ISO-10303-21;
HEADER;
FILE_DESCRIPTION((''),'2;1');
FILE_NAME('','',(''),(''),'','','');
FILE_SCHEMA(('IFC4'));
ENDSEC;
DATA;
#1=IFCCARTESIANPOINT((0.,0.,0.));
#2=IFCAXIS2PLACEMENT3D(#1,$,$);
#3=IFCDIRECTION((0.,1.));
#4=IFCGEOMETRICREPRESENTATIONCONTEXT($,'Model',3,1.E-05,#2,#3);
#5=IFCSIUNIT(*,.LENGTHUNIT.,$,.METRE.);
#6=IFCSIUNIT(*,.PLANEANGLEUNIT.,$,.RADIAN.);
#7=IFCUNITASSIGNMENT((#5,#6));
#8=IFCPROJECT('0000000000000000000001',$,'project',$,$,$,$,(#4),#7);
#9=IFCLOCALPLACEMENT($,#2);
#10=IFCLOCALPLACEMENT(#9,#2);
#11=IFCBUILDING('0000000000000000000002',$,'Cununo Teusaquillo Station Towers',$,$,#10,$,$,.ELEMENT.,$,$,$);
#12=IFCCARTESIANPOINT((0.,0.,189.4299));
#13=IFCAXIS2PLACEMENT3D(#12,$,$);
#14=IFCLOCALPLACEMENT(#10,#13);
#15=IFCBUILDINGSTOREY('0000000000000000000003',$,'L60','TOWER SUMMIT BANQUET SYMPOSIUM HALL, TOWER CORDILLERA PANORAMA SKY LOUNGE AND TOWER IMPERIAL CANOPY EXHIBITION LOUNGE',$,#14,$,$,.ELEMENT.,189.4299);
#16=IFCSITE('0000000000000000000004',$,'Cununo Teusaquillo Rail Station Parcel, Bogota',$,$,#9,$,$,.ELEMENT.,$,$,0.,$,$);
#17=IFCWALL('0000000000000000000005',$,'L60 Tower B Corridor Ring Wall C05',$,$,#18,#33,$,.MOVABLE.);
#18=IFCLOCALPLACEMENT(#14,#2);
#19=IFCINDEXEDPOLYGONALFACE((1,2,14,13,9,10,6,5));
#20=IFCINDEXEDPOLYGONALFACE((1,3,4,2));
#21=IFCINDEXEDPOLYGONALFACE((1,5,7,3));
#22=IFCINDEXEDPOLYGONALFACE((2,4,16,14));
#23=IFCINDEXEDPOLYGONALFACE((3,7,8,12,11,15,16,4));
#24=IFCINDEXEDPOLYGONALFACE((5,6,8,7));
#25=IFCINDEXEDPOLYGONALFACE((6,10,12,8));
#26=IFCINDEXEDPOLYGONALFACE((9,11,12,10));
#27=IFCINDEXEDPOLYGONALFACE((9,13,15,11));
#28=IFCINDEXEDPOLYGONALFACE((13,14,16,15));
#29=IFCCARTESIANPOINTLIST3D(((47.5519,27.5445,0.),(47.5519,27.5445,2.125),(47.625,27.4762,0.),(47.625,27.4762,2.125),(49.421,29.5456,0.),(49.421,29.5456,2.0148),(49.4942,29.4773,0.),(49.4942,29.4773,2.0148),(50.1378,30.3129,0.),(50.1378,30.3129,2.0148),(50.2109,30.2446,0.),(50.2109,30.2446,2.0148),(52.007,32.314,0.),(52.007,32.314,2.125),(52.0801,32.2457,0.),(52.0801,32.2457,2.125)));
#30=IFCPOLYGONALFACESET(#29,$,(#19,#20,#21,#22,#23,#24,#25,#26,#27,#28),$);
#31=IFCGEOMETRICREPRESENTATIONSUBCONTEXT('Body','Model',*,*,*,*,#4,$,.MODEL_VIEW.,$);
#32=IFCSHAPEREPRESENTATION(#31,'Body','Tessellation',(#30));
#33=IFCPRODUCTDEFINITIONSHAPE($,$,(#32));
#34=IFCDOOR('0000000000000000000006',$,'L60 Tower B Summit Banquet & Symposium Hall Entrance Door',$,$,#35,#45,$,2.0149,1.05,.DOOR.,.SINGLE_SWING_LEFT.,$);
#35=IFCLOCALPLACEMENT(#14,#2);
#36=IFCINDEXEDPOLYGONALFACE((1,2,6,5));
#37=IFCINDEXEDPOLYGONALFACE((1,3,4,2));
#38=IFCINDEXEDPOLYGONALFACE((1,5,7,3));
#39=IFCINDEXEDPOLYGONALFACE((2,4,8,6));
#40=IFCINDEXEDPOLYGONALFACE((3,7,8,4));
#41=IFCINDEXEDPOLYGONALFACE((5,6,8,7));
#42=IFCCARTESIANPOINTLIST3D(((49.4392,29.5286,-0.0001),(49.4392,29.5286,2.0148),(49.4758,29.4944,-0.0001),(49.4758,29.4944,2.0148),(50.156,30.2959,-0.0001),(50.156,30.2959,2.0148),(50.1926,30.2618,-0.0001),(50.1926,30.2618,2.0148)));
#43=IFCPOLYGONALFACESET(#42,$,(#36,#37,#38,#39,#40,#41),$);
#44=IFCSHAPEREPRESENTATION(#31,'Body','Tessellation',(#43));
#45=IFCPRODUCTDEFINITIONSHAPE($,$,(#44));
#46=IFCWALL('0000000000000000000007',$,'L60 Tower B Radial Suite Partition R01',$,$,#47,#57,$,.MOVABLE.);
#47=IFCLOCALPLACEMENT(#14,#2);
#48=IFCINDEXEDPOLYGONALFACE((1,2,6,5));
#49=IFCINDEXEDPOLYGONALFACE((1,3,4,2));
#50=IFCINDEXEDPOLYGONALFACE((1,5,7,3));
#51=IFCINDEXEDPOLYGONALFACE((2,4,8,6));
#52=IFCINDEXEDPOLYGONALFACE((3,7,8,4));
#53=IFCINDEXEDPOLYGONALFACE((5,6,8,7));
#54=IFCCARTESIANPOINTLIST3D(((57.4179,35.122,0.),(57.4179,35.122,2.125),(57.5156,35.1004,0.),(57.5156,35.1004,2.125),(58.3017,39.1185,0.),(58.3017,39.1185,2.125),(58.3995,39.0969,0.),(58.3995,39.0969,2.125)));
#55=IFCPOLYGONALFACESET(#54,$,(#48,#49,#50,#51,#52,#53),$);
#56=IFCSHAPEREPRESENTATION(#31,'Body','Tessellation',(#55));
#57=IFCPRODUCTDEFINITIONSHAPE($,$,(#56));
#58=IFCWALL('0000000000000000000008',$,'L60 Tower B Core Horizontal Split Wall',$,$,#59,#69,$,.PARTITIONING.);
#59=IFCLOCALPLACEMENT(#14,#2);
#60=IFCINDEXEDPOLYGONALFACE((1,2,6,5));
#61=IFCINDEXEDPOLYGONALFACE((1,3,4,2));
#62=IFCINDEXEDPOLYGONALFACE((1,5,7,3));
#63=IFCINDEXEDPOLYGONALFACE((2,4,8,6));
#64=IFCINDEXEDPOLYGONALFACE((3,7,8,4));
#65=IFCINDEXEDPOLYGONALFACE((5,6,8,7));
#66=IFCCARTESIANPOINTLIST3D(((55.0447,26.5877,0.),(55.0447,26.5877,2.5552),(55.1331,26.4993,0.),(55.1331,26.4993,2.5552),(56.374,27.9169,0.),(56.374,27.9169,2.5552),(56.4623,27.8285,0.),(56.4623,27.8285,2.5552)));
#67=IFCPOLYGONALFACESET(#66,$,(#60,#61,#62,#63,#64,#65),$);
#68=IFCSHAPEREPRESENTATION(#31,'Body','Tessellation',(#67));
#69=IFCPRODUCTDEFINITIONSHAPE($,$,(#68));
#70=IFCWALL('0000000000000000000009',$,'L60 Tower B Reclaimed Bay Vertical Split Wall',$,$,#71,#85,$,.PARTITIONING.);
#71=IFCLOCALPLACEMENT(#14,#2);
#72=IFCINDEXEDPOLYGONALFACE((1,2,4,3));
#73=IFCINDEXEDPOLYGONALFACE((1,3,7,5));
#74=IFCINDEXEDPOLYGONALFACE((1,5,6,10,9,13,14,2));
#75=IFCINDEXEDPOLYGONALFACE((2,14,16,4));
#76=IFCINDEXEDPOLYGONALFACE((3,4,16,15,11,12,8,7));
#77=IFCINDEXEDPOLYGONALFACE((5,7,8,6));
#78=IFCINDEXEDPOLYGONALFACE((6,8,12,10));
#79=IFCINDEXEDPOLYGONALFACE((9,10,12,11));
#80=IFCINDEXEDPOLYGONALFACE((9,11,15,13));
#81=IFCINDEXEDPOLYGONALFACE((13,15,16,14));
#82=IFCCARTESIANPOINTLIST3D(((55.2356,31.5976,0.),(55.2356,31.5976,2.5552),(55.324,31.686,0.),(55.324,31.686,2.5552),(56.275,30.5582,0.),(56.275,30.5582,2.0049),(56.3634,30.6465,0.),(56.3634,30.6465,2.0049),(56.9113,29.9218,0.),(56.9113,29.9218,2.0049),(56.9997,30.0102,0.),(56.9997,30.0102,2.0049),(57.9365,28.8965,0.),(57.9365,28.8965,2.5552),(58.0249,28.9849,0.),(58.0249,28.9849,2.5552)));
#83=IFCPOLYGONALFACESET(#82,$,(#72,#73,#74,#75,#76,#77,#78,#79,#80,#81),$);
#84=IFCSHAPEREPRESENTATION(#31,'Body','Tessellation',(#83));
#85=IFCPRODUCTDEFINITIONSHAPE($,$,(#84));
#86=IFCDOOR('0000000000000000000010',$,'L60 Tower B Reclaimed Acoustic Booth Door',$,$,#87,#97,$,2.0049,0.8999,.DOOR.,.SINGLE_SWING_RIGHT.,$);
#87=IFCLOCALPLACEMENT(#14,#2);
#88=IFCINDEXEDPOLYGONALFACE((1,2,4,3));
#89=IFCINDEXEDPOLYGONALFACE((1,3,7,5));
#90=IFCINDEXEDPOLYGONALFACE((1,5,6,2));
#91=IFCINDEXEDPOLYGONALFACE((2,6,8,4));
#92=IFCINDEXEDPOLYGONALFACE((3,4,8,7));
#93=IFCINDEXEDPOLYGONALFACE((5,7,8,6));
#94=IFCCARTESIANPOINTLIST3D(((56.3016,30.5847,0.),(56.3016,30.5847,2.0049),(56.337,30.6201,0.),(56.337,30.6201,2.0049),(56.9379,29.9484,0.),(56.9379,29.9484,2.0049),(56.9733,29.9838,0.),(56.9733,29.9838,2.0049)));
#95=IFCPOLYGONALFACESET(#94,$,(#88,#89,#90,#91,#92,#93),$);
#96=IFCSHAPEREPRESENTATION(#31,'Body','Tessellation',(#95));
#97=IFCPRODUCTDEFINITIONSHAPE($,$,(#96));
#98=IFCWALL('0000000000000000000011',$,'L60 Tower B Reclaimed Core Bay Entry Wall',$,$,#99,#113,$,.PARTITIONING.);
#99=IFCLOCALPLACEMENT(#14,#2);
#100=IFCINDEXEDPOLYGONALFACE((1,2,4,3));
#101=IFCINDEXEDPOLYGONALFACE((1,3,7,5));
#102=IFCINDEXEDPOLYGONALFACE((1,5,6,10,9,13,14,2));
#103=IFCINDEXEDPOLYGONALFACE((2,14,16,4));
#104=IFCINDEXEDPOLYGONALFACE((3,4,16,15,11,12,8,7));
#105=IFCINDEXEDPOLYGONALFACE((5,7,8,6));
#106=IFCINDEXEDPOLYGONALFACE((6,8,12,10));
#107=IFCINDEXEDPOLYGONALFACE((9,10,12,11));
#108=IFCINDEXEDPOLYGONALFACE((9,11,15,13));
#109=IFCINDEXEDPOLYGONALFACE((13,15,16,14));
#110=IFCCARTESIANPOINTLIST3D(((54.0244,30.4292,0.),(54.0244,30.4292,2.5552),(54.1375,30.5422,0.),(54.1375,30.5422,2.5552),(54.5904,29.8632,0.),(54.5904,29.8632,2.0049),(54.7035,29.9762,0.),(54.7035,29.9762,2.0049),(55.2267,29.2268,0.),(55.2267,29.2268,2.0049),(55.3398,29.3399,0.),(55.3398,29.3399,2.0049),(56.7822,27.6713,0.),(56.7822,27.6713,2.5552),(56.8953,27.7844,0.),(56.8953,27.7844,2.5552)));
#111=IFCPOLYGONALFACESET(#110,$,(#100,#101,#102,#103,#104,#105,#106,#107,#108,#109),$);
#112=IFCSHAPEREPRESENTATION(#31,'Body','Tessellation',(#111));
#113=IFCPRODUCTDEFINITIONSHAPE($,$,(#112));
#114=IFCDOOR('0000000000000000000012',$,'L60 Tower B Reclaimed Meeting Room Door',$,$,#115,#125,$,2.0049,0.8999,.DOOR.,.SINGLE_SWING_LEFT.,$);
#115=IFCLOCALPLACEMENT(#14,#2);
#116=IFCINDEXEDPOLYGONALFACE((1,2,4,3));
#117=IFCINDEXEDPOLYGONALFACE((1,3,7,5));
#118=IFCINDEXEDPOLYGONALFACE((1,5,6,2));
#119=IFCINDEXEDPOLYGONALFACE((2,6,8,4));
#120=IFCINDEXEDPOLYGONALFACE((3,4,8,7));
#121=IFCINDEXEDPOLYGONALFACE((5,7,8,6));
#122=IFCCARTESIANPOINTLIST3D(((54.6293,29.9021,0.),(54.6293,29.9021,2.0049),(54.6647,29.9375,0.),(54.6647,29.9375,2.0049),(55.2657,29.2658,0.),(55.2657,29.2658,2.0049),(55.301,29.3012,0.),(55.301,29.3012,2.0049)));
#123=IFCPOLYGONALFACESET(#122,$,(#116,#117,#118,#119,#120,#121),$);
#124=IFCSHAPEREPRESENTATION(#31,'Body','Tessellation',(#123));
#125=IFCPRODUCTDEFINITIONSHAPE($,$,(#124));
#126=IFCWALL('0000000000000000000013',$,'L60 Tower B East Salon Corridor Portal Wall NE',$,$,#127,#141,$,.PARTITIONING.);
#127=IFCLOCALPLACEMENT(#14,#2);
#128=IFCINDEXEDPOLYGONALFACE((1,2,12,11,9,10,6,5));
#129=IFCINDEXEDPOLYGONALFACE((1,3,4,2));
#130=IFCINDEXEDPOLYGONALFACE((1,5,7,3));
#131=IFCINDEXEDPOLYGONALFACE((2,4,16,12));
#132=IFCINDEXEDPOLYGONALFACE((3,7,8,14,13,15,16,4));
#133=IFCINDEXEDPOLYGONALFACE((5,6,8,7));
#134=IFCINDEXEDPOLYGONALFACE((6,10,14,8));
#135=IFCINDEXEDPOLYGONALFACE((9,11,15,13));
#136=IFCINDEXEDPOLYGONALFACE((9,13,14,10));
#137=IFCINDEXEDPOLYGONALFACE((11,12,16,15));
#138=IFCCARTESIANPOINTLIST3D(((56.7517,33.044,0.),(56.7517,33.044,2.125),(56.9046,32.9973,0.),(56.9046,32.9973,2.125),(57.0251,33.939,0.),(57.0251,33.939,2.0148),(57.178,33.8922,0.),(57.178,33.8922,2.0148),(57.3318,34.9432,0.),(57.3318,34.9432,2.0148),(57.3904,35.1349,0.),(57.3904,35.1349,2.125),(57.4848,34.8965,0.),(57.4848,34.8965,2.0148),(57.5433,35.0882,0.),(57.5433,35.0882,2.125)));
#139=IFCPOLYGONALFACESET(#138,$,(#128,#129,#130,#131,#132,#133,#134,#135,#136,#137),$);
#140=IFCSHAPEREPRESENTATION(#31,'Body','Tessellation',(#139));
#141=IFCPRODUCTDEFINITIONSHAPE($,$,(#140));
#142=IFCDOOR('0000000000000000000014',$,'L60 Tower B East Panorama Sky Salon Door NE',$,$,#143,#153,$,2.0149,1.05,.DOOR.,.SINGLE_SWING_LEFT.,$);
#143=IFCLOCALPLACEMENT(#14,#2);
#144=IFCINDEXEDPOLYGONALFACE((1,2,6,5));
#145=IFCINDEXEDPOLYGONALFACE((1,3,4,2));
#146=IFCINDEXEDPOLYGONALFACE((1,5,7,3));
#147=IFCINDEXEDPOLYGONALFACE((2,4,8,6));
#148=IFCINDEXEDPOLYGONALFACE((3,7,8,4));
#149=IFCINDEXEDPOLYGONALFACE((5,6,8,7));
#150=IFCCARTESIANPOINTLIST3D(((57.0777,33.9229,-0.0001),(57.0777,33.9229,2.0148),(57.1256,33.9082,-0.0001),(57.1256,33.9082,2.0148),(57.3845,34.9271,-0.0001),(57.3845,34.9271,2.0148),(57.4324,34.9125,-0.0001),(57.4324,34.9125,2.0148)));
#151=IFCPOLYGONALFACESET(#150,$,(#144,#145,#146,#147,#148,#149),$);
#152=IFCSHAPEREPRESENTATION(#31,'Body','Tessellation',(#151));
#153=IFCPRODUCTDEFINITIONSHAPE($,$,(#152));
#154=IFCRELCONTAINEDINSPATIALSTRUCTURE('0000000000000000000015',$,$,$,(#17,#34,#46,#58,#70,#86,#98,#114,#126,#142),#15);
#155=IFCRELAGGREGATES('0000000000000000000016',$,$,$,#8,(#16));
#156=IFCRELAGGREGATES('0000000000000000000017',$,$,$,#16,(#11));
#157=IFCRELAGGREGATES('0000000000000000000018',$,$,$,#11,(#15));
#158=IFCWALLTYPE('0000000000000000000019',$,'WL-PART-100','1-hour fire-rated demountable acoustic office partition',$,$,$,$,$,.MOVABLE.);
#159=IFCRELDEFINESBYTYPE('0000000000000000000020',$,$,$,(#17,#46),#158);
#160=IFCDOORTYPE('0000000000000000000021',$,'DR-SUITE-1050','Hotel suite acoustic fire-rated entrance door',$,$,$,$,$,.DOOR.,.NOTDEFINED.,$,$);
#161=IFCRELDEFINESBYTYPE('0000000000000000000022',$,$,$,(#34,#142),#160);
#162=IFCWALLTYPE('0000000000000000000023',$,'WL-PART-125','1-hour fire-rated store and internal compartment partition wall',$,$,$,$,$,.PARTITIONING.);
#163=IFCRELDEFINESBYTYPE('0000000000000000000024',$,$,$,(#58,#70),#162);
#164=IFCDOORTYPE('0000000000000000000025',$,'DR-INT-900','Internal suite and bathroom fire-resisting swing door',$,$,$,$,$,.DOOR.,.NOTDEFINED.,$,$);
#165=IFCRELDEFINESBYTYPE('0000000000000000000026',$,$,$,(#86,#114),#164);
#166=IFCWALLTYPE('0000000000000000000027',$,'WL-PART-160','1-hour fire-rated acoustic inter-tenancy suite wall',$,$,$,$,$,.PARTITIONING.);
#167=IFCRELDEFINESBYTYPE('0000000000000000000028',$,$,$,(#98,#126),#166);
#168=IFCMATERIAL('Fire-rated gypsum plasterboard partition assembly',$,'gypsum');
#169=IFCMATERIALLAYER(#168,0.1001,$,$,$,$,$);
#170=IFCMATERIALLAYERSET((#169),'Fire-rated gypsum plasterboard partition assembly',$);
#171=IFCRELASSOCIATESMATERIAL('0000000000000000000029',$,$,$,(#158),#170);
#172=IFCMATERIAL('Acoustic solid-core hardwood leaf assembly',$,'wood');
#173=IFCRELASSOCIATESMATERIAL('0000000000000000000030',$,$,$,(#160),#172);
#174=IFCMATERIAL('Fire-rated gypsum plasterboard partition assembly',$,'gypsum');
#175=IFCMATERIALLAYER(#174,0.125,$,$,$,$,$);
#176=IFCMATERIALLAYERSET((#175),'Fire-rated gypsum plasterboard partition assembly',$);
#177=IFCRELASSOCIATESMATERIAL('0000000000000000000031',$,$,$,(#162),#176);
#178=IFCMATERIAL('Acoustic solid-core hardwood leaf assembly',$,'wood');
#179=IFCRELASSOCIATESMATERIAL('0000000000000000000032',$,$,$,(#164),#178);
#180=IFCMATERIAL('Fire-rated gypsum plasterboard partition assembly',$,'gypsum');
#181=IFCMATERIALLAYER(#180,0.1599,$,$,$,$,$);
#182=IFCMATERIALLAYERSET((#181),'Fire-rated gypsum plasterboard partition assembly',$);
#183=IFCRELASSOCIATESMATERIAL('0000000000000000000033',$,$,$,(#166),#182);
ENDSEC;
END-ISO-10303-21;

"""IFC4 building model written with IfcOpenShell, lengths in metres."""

from ifc_helpers import new_model, si_unit, direction, frame, frame_2d, origin, place, context, subcontext, project, spatial, rectangle, extrude, source, transform, mapped, material, layer, layer_set, type_object, element, fill, save


model = new_model("IFC4")

# Units and contexts
model_context = context("Model", 3, precision=1e-05, world=origin(), true_north=direction((0.0, 1.0)))
body_context = subcontext(model_context, "Body", "Model", "MODEL_VIEW")
ifc_project = project(units=[si_unit("LENGTHUNIT", "METRE"), si_unit("PLANEANGLEUNIT", "RADIAN")], contexts=[model_context])

# Site, building, storey
site_placement = place(None, origin())
site = spatial("IfcSite", under=ifc_project, at=site_placement, Name="Cununo Teusaquillo Rail Station Parcel, Bogota", CompositionType="ELEMENT", RefElevation=0.0)
building_placement = place(site_placement, origin())
building = spatial("IfcBuilding", under=site, at=building_placement, Name="Cununo Teusaquillo Station Towers", CompositionType="ELEMENT")
storey_placement = place(building_placement, frame((0.0, 0.0, 189.4299)))
storey = spatial("IfcBuildingStorey", under=building, at=storey_placement, Name="L60", Description="TOWER SUMMIT BANQUET SYMPOSIUM HALL, TOWER CORDILLERA PANORAMA SKY LOUNGE AND TOWER IMPERIAL CANOPY EXHIBITION LOUNGE", CompositionType="ELEMENT", Elevation=189.4299)

# Shared definitions
ifc_material_1 = material(Name="Fire-rated gypsum plasterboard partition assembly", Category="gypsum")
ifc_layer_1 = layer(ifc_material_1, 0.1001)
ifc_layer_set_1 = layer_set([ifc_layer_1], Name="Fire-rated gypsum plasterboard partition assembly")
wall_type_1 = type_object("IfcWallType", Name="WL-PART-100", Description="1-hour fire-rated demountable acoustic office partition", PredefinedType="MOVABLE", material=ifc_layer_set_1)

# Wall, opening, door
wall_1_placement = place(storey_placement, frame((52.0435, 32.2798, 0.0), z_axis=(0.0, 0.0, 1.0), x_axis=(-0.682606, -0.730787, 0.0)))
wall_1 = element("IfcWall", 1, at=wall_1_placement, inside=storey, type_object=wall_type_1, Name="L60 Tower B Corridor Ring Wall C05", PredefinedType="MOVABLE", context=body_context, shape_type="SweptSolid", body=[
    extrude(rectangle(XDim=6.5266, YDim=0.1001, at=frame_2d((3.2632, 0.0))), origin(), (0.0, 0.0, 1.0), 2.125),
])
shared_shape_1 = source(origin(), body_context, "Body", "SweptSolid", [
    extrude(rectangle(XDim=1.05, YDim=2.0149, at=frame_2d((0.5249, 1.0073))), frame((0.0, 0.0601, 0.0), z_axis=(0.0, -1.0, 0.0), x_axis=(1.0, 0.0, 0.0)), (0.0, 0.0, 1.0), 0.1201),
])
opening_1_placement = place(wall_1_placement, frame((2.7383, 0.0, 0.0)))
opening_1 = element("IfcOpeningElement", 2, at=opening_1_placement, cuts=wall_1, PredefinedType="OPENING", context=body_context, shape_type="MappedRepresentation", body=[
    mapped(shared_shape_1, transform((0.0, 0.0, 0.0), x_axis=(1.0, 0.0, 0.0), y_axis=(0.0, 1.0, 0.0), z_axis=(0.0, 0.0, 1.0), scale=1.0)),
])
ifc_material_2 = material(Name="Acoustic solid-core hardwood leaf assembly", Category="wood")
door_type_1 = type_object("IfcDoorType", Name="DR-SUITE-1050", Description="Hotel suite acoustic fire-rated entrance door", OperationType="NOTDEFINED", PredefinedType="DOOR", material=ifc_material_2)
shared_shape_2 = source(origin(), body_context, "Body", "SweptSolid", [
    extrude(rectangle(XDim=1.05, YDim=2.0149, at=frame_2d((0.5249, 1.0073))), frame((0.0, 0.0249, 0.0), z_axis=(0.0, -1.0, 0.0), x_axis=(1.0, 0.0, 0.0)), (0.0, 0.0, 1.0), 0.05),
])
door_1_placement = place(opening_1_placement, origin())
door_1 = element("IfcDoor", 3, at=door_1_placement, inside=storey, type_object=door_type_1, Name="L60 Tower B Summit Banquet & Symposium Hall Entrance Door", OperationType="SINGLE_SWING_LEFT", OverallHeight=2.0149, OverallWidth=1.05, PredefinedType="DOOR", context=body_context, shape_type="MappedRepresentation", body=[
    mapped(shared_shape_2, transform((0.0, 0.0, 0.0), x_axis=(1.0, 0.0, 0.0), y_axis=(0.0, 1.0, 0.0), z_axis=(0.0, 0.0, 1.0), scale=1.0)),
])
fill(opening_1, door_1)

# Walls
wall_2_placement = place(storey_placement, frame((57.4668, 35.1113, 0.0), z_axis=(0.0, 0.0, 1.0), x_axis=(0.215932, 0.976408, 0.0)))
element("IfcWall", 4, at=wall_2_placement, inside=storey, type_object=wall_type_1, Name="L60 Tower B Radial Suite Partition R01", PredefinedType="MOVABLE", context=body_context, shape_type="SweptSolid", body=[
    extrude(rectangle(XDim=4.093, YDim=0.1001, at=frame_2d((2.0464, 0.0))), origin(), (0.0, 0.0, 1.0), 2.125),
])
ifc_material_3 = material(Name="Fire-rated gypsum plasterboard partition assembly", Category="gypsum")
ifc_layer_2 = layer(ifc_material_3, 0.125)
ifc_layer_set_2 = layer_set([ifc_layer_2], Name="Fire-rated gypsum plasterboard partition assembly")
wall_type_2 = type_object("IfcWallType", Name="WL-PART-125", Description="1-hour fire-rated store and internal compartment partition wall", PredefinedType="PARTITIONING", material=ifc_layer_set_2)
wall_3_placement = place(storey_placement, frame((55.0889, 26.5435, 0.0), z_axis=(0.0, 0.0, 1.0), x_axis=(0.707107, 0.707107, 0.0)))
element("IfcWall", 5, at=wall_3_placement, inside=storey, type_object=wall_type_2, Name="L60 Tower B Core Horizontal Split Wall", PredefinedType="PARTITIONING", context=body_context, shape_type="SweptSolid", body=[
    extrude(rectangle(XDim=1.8799, YDim=0.125, at=frame_2d((0.9399, 0.0))), origin(), (0.0, 0.0, 1.0), 2.5552),
])

# Walls, openings, doors
wall_4_placement = place(storey_placement, frame((57.9807, 28.9407, 0.0), z_axis=(0.0, 0.0, 1.0), x_axis=(-0.707075, 0.707139, 0.0)))
wall_4 = element("IfcWall", 6, at=wall_4_placement, inside=storey, type_object=wall_type_2, Name="L60 Tower B Reclaimed Bay Vertical Split Wall", PredefinedType="PARTITIONING", context=body_context, shape_type="SweptSolid", body=[
    extrude(rectangle(XDim=3.8198, YDim=0.125, at=frame_2d((1.9099, 0.0))), origin(), (0.0, 0.0, 1.0), 2.5552),
])
shared_shape_3 = source(origin(), body_context, "Body", "SweptSolid", [
    extrude(rectangle(XDim=0.8999, YDim=2.0049, at=frame_2d((0.45, 1.0024))), frame((0.0, 0.0725, 0.0), z_axis=(0.0, -1.0, 0.0), x_axis=(1.0, 0.0, 0.0)), (0.0, 0.0, 1.0), 0.145),
])
opening_2_placement = place(wall_4_placement, frame((1.45, 0.0, 0.0)))
opening_2 = element("IfcOpeningElement", 7, at=opening_2_placement, cuts=wall_4, PredefinedType="OPENING", context=body_context, shape_type="MappedRepresentation", body=[
    mapped(shared_shape_3, transform((0.0, 0.0, 0.0), x_axis=(1.0, 0.0, 0.0), y_axis=(0.0, 1.0, 0.0), z_axis=(0.0, 0.0, 1.0), scale=1.0)),
])
ifc_material_4 = material(Name="Acoustic solid-core hardwood leaf assembly", Category="wood")
door_type_2 = type_object("IfcDoorType", Name="DR-INT-900", Description="Internal suite and bathroom fire-resisting swing door", OperationType="NOTDEFINED", PredefinedType="DOOR", material=ifc_material_4)
shared_shape_4 = source(origin(), body_context, "Body", "SweptSolid", [
    extrude(rectangle(XDim=0.8999, YDim=2.0049, at=frame_2d((0.45, 1.0024))), frame((0.0, 0.0249, 0.0), z_axis=(0.0, -1.0, 0.0), x_axis=(1.0, 0.0, 0.0)), (0.0, 0.0, 1.0), 0.05),
])
door_2_placement = place(opening_2_placement, origin())
door_2 = element("IfcDoor", 8, at=door_2_placement, inside=storey, type_object=door_type_2, Name="L60 Tower B Reclaimed Acoustic Booth Door", OperationType="SINGLE_SWING_RIGHT", OverallHeight=2.0049, OverallWidth=0.8999, PredefinedType="DOOR", context=body_context, shape_type="MappedRepresentation", body=[
    mapped(shared_shape_4, transform((0.0, 0.0, 0.0), x_axis=(1.0, 0.0, 0.0), y_axis=(0.0, 1.0, 0.0), z_axis=(0.0, 0.0, 1.0), scale=1.0)),
])
fill(opening_2, door_2)
ifc_material_5 = material(Name="Fire-rated gypsum plasterboard partition assembly", Category="gypsum")
ifc_layer_3 = layer(ifc_material_5, 0.1599)
ifc_layer_set_3 = layer_set([ifc_layer_3], Name="Fire-rated gypsum plasterboard partition assembly")
wall_type_3 = type_object("IfcWallType", Name="WL-PART-160", Description="1-hour fire-rated acoustic inter-tenancy suite wall", PredefinedType="PARTITIONING", material=ifc_layer_set_3)
wall_5_placement = place(storey_placement, frame((56.8389, 27.7278, 0.0), z_axis=(0.0, 0.0, 1.0), x_axis=(-0.707107, 0.707107, 0.0)))
wall_5 = element("IfcWall", 9, at=wall_5_placement, inside=storey, type_object=wall_type_3, Name="L60 Tower B Reclaimed Core Bay Entry Wall", PredefinedType="PARTITIONING", context=body_context, shape_type="SweptSolid", body=[
    extrude(rectangle(XDim=3.9001, YDim=0.1599, at=frame_2d((1.9502, 0.0))), origin(), (0.0, 0.0, 1.0), 2.5552),
])
shared_shape_5 = source(origin(), body_context, "Body", "SweptSolid", [
    extrude(rectangle(XDim=0.8999, YDim=2.0049, at=frame_2d((0.45, 1.0024))), frame((0.0, 0.0898, 0.0), z_axis=(0.0, -1.0, 0.0), x_axis=(1.0, 0.0, 0.0)), (0.0, 0.0, 1.0), 0.1799),
])
opening_3_placement = place(wall_5_placement, frame((2.2, 0.0, 0.0)))
opening_3 = element("IfcOpeningElement", 10, at=opening_3_placement, cuts=wall_5, PredefinedType="OPENING", context=body_context, shape_type="MappedRepresentation", body=[
    mapped(shared_shape_5, transform((0.0, 0.0, 0.0), x_axis=(1.0, 0.0, 0.0), y_axis=(0.0, 1.0, 0.0), z_axis=(0.0, 0.0, 1.0), scale=1.0)),
])
door_3_placement = place(opening_3_placement, origin())
door_3 = element("IfcDoor", 11, at=door_3_placement, inside=storey, type_object=door_type_2, Name="L60 Tower B Reclaimed Meeting Room Door", OperationType="SINGLE_SWING_LEFT", OverallHeight=2.0049, OverallWidth=0.8999, PredefinedType="DOOR", context=body_context, shape_type="MappedRepresentation", body=[
    mapped(shared_shape_4, transform((0.0, 0.0, 0.0), x_axis=(1.0, 0.0, 0.0), y_axis=(0.0, 1.0, 0.0), z_axis=(0.0, 0.0, 1.0), scale=1.0)),
])
fill(opening_3, door_3)
wall_6_placement = place(storey_placement, frame((56.8281, 33.0205, 0.0), z_axis=(0.0, 0.0, 1.0), x_axis=(0.292139, 0.956376, 0.0)))
wall_6 = element("IfcWall", 12, at=wall_6_placement, inside=storey, type_object=wall_type_3, Name="L60 Tower B East Salon Corridor Portal Wall NE", PredefinedType="PARTITIONING", context=body_context, shape_type="SweptSolid", body=[
    extrude(rectangle(XDim=2.1863, YDim=0.1599, at=frame_2d((1.0933, 0.0))), origin(), (0.0, 0.0, 1.0), 2.125),
])
shared_shape_6 = source(origin(), body_context, "Body", "SweptSolid", [
    extrude(rectangle(XDim=1.05, YDim=2.0149, at=frame_2d((0.5249, 1.0073))), frame((0.0, 0.0898, 0.0), z_axis=(0.0, -1.0, 0.0), x_axis=(1.0, 0.0, 0.0)), (0.0, 0.0, 1.0), 0.1799),
])
opening_4_placement = place(wall_6_placement, frame((0.936, 0.0, 0.0)))
opening_4 = element("IfcOpeningElement", 13, at=opening_4_placement, cuts=wall_6, PredefinedType="OPENING", context=body_context, shape_type="MappedRepresentation", body=[
    mapped(shared_shape_6, transform((0.0, 0.0, 0.0), x_axis=(1.0, 0.0, 0.0), y_axis=(0.0, 1.0, 0.0), z_axis=(0.0, 0.0, 1.0), scale=1.0)),
])
door_4_placement = place(opening_4_placement, origin())
door_4 = element("IfcDoor", 14, at=door_4_placement, inside=storey, type_object=door_type_1, Name="L60 Tower B East Panorama Sky Salon Door NE", OperationType="SINGLE_SWING_LEFT", OverallHeight=2.0149, OverallWidth=1.05, PredefinedType="DOOR", context=body_context, shape_type="MappedRepresentation", body=[
    mapped(shared_shape_2, transform((0.0, 0.0, 0.0), x_axis=(1.0, 0.0, 0.0), y_axis=(0.0, 1.0, 0.0), z_axis=(0.0, 0.0, 1.0), scale=1.0)),
])
fill(opening_4, door_4)

save(model, "model.ifc")
